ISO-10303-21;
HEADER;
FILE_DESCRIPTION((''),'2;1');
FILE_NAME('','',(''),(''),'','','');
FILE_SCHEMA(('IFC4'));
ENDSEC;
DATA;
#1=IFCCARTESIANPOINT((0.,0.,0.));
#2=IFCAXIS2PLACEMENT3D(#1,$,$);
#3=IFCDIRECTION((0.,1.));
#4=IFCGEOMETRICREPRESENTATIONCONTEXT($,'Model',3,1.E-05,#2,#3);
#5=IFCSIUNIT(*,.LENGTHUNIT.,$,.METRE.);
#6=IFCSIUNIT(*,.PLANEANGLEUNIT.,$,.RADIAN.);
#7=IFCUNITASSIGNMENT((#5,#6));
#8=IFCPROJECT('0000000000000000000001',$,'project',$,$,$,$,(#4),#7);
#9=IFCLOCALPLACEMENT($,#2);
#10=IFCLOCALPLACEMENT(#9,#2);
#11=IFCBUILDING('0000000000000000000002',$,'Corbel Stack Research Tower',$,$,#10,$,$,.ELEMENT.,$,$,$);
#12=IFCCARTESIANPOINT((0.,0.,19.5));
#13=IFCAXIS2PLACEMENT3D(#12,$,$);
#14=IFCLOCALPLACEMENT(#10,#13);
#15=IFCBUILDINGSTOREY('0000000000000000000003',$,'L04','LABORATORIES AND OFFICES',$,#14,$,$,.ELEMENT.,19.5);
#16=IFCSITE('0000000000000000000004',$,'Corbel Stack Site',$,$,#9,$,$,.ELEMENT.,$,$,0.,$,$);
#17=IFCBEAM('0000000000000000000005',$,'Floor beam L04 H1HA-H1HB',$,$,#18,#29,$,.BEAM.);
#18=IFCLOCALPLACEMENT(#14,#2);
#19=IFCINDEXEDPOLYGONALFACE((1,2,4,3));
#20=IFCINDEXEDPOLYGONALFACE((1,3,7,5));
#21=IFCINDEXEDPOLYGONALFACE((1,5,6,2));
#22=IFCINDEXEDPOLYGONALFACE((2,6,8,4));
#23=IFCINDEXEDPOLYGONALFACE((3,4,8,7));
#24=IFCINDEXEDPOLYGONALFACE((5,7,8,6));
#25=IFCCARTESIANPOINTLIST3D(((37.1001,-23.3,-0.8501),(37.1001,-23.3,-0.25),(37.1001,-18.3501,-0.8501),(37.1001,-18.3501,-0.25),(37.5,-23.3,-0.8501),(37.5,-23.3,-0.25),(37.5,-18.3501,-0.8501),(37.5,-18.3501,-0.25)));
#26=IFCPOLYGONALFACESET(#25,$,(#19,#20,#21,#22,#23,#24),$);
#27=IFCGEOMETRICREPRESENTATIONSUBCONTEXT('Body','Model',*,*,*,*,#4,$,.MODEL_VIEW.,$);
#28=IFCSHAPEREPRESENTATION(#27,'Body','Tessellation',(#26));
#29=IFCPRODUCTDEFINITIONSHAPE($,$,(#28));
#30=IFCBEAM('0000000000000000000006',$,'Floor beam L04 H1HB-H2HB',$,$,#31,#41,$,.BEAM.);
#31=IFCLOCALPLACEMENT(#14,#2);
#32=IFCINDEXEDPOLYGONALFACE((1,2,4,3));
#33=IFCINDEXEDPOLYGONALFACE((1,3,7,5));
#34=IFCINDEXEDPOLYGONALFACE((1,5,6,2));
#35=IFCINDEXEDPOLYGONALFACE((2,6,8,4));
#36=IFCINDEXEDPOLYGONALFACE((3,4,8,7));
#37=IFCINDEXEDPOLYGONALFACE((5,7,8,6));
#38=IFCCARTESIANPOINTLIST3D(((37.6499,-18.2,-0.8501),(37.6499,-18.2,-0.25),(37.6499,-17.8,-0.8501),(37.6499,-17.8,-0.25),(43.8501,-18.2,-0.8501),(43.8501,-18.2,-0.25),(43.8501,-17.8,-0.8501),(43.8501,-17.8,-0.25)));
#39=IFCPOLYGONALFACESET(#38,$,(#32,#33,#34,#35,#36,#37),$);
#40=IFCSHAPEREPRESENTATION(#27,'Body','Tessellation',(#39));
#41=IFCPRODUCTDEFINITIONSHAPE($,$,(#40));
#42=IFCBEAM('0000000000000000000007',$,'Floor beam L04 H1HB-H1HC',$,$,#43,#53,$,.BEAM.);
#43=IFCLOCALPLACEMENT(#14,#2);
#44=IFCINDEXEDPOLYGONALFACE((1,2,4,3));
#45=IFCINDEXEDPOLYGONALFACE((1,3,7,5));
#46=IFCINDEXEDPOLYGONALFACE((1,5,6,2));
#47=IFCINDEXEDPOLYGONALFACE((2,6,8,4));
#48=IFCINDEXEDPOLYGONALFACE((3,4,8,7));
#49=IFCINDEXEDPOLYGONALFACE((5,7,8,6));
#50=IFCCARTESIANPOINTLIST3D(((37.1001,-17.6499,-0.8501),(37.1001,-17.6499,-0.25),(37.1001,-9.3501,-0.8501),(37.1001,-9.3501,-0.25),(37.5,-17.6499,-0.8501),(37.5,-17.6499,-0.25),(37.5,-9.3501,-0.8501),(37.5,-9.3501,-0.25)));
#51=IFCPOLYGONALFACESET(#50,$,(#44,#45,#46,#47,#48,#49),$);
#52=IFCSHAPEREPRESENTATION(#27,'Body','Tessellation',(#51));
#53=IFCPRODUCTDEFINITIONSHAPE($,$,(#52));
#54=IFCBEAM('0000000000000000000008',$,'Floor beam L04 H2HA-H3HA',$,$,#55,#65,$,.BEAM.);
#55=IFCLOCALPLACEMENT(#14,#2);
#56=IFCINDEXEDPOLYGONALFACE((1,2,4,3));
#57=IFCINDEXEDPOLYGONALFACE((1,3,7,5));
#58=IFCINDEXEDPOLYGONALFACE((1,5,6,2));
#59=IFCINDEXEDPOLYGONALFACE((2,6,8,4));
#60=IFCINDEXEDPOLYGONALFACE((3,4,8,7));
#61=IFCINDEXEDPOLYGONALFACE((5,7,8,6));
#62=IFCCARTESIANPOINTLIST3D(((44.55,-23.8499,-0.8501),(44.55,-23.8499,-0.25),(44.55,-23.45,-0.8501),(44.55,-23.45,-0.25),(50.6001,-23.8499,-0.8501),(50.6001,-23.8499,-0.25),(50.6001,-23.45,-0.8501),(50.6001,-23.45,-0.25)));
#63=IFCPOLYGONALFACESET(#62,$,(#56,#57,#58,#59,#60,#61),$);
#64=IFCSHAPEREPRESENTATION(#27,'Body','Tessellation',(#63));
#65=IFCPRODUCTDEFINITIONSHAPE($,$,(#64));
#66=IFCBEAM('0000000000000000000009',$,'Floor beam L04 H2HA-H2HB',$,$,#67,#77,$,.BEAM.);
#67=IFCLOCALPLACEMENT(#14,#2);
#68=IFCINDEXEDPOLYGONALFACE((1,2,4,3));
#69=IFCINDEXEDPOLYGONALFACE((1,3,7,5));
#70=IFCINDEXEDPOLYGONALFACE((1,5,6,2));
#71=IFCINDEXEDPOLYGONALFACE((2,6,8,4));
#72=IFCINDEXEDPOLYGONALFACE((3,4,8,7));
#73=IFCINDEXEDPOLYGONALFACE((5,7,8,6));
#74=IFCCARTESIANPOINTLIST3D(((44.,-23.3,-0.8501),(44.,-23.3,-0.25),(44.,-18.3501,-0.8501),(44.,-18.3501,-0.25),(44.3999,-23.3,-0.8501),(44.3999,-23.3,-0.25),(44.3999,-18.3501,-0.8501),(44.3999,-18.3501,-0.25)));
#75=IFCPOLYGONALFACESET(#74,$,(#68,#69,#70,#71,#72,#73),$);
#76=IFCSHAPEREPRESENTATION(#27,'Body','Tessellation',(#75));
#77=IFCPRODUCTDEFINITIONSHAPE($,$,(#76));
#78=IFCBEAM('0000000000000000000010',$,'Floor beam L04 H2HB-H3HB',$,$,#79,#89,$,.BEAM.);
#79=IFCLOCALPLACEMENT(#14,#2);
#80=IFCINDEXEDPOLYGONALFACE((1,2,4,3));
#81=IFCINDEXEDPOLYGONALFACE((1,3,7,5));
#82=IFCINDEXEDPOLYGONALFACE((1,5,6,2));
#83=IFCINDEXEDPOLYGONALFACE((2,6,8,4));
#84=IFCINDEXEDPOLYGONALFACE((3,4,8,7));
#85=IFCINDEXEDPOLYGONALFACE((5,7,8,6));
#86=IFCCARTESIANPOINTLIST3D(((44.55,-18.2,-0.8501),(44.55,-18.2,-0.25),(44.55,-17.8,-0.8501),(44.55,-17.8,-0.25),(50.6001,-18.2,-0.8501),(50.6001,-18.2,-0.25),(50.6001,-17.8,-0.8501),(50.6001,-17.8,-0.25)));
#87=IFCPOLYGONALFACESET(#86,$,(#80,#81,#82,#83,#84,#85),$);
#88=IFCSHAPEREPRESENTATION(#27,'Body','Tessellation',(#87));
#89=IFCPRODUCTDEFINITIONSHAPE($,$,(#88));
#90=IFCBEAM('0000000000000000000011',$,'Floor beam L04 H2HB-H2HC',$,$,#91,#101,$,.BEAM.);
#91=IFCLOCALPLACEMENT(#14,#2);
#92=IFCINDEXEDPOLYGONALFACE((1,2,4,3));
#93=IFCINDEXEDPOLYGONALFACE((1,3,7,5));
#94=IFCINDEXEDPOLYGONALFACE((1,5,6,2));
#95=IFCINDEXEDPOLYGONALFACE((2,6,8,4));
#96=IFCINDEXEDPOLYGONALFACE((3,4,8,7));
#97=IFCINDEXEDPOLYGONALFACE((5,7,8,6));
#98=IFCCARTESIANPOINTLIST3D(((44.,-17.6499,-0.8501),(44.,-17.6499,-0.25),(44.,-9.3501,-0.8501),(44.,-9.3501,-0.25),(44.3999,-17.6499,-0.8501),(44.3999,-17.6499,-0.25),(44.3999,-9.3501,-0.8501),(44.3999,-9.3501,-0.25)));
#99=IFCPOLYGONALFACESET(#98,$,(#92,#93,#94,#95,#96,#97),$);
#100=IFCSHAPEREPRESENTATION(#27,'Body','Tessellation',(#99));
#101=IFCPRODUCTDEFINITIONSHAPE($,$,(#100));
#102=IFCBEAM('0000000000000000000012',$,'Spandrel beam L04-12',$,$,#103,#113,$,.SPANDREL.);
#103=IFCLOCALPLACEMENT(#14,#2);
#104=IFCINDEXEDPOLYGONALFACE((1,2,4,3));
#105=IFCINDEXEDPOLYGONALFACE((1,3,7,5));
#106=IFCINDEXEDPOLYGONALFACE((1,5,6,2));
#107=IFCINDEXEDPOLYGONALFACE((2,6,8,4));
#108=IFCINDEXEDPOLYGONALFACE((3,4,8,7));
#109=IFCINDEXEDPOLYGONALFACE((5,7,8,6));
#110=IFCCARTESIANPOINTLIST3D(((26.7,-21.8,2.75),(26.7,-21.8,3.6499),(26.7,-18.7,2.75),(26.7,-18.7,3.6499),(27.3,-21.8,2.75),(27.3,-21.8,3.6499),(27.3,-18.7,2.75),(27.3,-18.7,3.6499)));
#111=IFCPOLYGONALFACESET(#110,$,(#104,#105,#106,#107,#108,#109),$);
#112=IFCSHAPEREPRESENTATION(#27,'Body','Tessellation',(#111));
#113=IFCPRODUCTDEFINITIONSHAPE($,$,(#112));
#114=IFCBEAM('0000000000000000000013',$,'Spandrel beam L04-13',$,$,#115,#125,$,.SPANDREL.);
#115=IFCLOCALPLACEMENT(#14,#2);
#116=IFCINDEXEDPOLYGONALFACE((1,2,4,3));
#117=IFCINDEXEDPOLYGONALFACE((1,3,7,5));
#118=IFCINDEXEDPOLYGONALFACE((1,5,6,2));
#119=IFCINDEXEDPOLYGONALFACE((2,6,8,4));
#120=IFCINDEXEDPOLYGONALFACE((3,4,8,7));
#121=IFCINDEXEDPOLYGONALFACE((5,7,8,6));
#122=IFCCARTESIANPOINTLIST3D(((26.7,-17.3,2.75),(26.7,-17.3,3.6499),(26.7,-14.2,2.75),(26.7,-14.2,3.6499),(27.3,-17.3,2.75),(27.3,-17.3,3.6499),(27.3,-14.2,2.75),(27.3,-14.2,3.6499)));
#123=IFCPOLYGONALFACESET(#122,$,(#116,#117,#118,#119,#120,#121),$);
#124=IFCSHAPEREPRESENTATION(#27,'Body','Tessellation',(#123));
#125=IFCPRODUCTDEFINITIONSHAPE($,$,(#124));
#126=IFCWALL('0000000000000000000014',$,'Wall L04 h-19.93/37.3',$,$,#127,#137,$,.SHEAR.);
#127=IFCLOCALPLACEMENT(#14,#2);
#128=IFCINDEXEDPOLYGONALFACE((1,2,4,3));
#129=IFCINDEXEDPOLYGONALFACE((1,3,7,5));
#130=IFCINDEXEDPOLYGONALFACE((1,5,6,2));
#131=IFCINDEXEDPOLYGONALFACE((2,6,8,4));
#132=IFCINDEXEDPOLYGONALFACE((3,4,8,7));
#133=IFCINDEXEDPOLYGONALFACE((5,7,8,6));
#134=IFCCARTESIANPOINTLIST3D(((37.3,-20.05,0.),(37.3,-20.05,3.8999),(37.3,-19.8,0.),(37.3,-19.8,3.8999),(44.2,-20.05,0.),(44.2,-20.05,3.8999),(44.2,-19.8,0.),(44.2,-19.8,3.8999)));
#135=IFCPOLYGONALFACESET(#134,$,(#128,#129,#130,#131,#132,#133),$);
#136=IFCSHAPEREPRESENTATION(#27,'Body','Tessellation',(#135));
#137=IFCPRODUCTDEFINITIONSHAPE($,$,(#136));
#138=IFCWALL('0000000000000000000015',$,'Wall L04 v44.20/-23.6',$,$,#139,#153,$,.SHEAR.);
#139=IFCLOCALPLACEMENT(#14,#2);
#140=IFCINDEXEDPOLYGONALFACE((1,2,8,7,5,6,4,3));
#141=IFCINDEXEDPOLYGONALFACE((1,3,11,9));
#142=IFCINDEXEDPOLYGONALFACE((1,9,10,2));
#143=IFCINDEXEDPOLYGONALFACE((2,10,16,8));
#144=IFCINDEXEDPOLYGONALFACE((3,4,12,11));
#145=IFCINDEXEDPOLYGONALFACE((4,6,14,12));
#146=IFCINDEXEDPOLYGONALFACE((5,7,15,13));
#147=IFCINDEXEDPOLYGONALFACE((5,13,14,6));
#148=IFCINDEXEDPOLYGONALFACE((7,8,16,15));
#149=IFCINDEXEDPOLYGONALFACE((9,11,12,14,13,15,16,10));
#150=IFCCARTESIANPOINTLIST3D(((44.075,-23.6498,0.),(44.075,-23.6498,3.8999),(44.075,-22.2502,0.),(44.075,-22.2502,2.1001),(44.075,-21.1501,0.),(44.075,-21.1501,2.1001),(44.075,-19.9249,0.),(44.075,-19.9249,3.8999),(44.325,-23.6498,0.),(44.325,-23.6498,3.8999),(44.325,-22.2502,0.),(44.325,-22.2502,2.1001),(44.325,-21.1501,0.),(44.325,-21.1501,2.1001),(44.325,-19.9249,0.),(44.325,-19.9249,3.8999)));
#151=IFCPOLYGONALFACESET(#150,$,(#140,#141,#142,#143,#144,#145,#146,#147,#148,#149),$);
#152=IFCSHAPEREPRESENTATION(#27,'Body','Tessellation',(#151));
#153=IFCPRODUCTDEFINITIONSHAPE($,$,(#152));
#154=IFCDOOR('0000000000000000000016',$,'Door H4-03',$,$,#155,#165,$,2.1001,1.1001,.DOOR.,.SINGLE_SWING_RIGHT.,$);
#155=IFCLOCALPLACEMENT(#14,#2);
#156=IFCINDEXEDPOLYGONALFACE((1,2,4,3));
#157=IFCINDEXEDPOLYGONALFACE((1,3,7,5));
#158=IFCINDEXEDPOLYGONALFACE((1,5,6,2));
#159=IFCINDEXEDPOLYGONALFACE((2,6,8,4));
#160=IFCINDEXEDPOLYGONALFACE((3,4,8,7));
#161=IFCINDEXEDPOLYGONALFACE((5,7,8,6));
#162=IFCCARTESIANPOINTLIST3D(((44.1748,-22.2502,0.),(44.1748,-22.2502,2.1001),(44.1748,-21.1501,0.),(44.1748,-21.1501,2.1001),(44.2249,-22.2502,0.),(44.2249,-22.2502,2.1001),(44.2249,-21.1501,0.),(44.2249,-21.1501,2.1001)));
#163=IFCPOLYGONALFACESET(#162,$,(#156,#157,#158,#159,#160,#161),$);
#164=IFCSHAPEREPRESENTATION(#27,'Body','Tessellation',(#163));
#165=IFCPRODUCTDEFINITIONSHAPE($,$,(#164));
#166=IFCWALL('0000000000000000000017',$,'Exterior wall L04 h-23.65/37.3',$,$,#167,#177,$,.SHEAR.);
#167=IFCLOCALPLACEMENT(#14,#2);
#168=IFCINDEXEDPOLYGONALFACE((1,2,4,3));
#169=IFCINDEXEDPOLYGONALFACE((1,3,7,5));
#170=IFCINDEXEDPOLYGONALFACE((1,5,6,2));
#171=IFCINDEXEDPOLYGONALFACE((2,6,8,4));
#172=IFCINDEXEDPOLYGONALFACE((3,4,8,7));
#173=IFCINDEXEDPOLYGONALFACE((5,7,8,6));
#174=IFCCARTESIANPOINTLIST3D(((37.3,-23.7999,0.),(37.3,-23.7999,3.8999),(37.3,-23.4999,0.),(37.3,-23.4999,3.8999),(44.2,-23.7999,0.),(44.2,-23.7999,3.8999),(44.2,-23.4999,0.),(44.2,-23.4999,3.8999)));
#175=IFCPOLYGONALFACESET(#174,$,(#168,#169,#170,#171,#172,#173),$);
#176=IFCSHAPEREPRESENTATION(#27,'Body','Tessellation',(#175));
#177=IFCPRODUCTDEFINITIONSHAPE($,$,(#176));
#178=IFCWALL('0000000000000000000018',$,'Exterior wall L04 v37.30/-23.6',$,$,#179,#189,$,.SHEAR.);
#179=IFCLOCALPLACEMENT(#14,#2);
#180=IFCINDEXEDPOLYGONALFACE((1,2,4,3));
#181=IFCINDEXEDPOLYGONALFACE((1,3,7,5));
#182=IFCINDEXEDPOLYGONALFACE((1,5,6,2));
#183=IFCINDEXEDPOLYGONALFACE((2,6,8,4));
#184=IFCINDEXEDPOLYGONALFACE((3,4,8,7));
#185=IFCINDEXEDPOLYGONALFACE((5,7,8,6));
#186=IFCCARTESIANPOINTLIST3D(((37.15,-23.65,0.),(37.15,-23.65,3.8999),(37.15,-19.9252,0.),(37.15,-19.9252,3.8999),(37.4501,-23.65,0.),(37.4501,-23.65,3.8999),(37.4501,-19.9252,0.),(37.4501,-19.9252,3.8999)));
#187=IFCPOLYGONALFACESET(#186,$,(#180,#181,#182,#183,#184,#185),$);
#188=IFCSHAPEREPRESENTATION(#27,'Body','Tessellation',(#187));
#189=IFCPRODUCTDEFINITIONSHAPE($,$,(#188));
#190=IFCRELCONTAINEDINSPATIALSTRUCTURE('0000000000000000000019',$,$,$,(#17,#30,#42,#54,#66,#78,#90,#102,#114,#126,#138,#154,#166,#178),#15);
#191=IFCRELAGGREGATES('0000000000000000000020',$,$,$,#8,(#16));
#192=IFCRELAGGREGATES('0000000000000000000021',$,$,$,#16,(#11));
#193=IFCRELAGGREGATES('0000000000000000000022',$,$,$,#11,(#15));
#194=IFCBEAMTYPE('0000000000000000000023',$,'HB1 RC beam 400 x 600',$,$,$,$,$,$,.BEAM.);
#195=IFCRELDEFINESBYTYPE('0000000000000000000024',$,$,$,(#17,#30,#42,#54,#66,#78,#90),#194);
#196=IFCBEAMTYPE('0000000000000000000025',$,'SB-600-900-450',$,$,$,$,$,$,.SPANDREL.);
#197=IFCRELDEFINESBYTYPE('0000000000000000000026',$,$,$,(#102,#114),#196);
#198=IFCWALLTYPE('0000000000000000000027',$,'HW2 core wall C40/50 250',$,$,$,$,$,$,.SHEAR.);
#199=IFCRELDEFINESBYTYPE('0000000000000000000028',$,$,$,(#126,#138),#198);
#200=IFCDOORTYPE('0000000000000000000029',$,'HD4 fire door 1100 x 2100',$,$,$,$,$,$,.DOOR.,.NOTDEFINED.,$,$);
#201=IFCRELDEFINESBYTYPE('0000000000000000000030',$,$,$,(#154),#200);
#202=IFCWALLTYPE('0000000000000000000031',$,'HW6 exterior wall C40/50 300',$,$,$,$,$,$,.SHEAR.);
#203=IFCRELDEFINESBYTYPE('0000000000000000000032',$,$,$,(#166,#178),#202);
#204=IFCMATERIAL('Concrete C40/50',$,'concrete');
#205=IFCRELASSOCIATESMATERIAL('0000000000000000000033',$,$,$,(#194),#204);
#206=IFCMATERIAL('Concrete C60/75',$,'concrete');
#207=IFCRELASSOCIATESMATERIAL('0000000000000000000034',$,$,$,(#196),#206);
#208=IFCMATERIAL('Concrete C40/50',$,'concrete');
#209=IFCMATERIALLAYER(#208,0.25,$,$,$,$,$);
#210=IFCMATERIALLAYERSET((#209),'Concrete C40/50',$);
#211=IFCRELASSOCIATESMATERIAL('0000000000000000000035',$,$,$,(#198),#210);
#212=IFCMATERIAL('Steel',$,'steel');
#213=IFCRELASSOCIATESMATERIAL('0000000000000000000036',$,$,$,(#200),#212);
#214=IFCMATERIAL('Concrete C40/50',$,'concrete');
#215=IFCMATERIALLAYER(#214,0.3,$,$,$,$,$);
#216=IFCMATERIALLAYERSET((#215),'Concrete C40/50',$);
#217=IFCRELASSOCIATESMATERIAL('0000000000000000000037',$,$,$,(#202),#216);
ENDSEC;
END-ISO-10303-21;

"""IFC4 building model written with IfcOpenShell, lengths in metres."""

from ifc_helpers import new_model, si_unit, direction, frame, frame_2d, origin, origin_2d, place, context, subcontext, project, spatial, rectangle, extrude, material, layer, layer_set, material_profile, profile_set, type_object, element, fill, save


model = new_model("IFC4")

# Units and contexts
model_context = context("Model", 3, precision=1e-05, world=origin(), true_north=direction((0.0, 1.0)))
body_context = subcontext(model_context, "Body", "Model", "MODEL_VIEW")
ifc_project = project(units=[si_unit("LENGTHUNIT", "METRE"), si_unit("PLANEANGLEUNIT", "RADIAN")], contexts=[model_context])

# Site, building, storey
site_placement = place(None, origin())
site = spatial("IfcSite", under=ifc_project, at=site_placement, Name="Corbel Stack Site", CompositionType="ELEMENT", RefElevation=0.0)
building_placement = place(site_placement, origin())
building = spatial("IfcBuilding", under=site, at=building_placement, Name="Corbel Stack Research Tower", CompositionType="ELEMENT")
storey_placement = place(building_placement, frame((0.0, 0.0, 19.5)))
storey = spatial("IfcBuildingStorey", under=building, at=storey_placement, Name="L04", Description="LABORATORIES AND OFFICES", CompositionType="ELEMENT", Elevation=19.5)

# Beams
ifc_material_1 = material(Name="Concrete C40/50", Category="concrete")
ifc_material_profile_1 = material_profile(ifc_material_1, rectangle(XDim=0.3999, YDim=0.6001, at=origin_2d()), Name="RC 400 x 600")
ifc_profile_set_1 = profile_set([ifc_material_profile_1], Name="Concrete C40/50")
beam_type_1 = type_object("IfcBeamType", Name="HB1 RC beam 400 x 600", PredefinedType="BEAM", material=ifc_profile_set_1)
beam_1_placement = place(storey_placement, frame((37.3, -23.3, -0.55), z_axis=(0.0, 1.0, 0.0), x_axis=(-1.0, 0.0, 0.0)))
element("IfcBeam", 1, at=beam_1_placement, inside=storey, type_object=beam_type_1, Name="Floor beam L04 H1HA-H1HB", PredefinedType="BEAM", context=body_context, shape_type="SweptSolid", body=[
    extrude(rectangle(XDim=0.3999, YDim=0.6001, at=origin_2d()), origin(), (0.0, 0.0, 1.0), 4.95),
])
beam_2_placement = place(storey_placement, frame((37.6499, -18.0, -0.55), z_axis=(1.0, 0.0, 0.0), x_axis=(0.0, 1.0, 0.0)))
element("IfcBeam", 2, at=beam_2_placement, inside=storey, type_object=beam_type_1, Name="Floor beam L04 H1HB-H2HB", PredefinedType="BEAM", context=body_context, shape_type="SweptSolid", body=[
    extrude(rectangle(XDim=0.3999, YDim=0.6001, at=origin_2d()), origin(), (0.0, 0.0, 1.0), 6.2002),
])
beam_3_placement = place(storey_placement, frame((37.3, -17.6499, -0.55), z_axis=(0.0, 1.0, 0.0), x_axis=(-1.0, 0.0, 0.0)))
element("IfcBeam", 3, at=beam_3_placement, inside=storey, type_object=beam_type_1, Name="Floor beam L04 H1HB-H1HC", PredefinedType="BEAM", context=body_context, shape_type="SweptSolid", body=[
    extrude(rectangle(XDim=0.3999, YDim=0.6001, at=origin_2d()), origin(), (0.0, 0.0, 1.0), 8.2998),
])
beam_4_placement = place(storey_placement, frame((44.55, -23.6499, -0.55), z_axis=(1.0, 0.0, 0.0), x_axis=(0.0, 1.0, 0.0)))
element("IfcBeam", 4, at=beam_4_placement, inside=storey, type_object=beam_type_1, Name="Floor beam L04 H2HA-H3HA", PredefinedType="BEAM", context=body_context, shape_type="SweptSolid", body=[
    extrude(rectangle(XDim=0.3999, YDim=0.6001, at=origin_2d()), origin(), (0.0, 0.0, 1.0), 6.05),
])
beam_5_placement = place(storey_placement, frame((44.2, -23.3, -0.55), z_axis=(0.0, 1.0, 0.0), x_axis=(-1.0, 0.0, 0.0)))
element("IfcBeam", 5, at=beam_5_placement, inside=storey, type_object=beam_type_1, Name="Floor beam L04 H2HA-H2HB", PredefinedType="BEAM", context=body_context, shape_type="SweptSolid", body=[
    extrude(rectangle(XDim=0.3999, YDim=0.6001, at=origin_2d()), origin(), (0.0, 0.0, 1.0), 4.95),
])
beam_6_placement = place(storey_placement, frame((44.55, -18.0, -0.55), z_axis=(1.0, 0.0, 0.0), x_axis=(0.0, 1.0, 0.0)))
element("IfcBeam", 6, at=beam_6_placement, inside=storey, type_object=beam_type_1, Name="Floor beam L04 H2HB-H3HB", PredefinedType="BEAM", context=body_context, shape_type="SweptSolid", body=[
    extrude(rectangle(XDim=0.3999, YDim=0.6001, at=origin_2d()), origin(), (0.0, 0.0, 1.0), 6.05),
])
beam_7_placement = place(storey_placement, frame((44.2, -17.6499, -0.55), z_axis=(0.0, 1.0, 0.0), x_axis=(-1.0, 0.0, 0.0)))
element("IfcBeam", 7, at=beam_7_placement, inside=storey, type_object=beam_type_1, Name="Floor beam L04 H2HB-H2HC", PredefinedType="BEAM", context=body_context, shape_type="SweptSolid", body=[
    extrude(rectangle(XDim=0.3999, YDim=0.6001, at=origin_2d()), origin(), (0.0, 0.0, 1.0), 8.2998),
])
ifc_material_2 = material(Name="Concrete C60/75", Category="concrete")
ifc_material_profile_2 = material_profile(ifc_material_2, rectangle(XDim=0.6001, YDim=0.8999, at=origin_2d()), Name="RC 600 x 900")
ifc_profile_set_2 = profile_set([ifc_material_profile_2], Name="Concrete C60/75")
beam_type_2 = type_object("IfcBeamType", Name="SB-600-900-450", PredefinedType="SPANDREL", material=ifc_profile_set_2)
for number, where, z_axis, x_axis, name in (
    (8, (27.0, -21.8, 3.2), (0.0, 1.0, 0.0), (-1.0, 0.0, 0.0), "Spandrel beam L04-12"),
    (9, (27.0, -17.3, 3.2), (0.0, 1.0, 0.0), (-1.0, 0.0, 0.0), "Spandrel beam L04-13"),
):
    element("IfcBeam", number, at=place(storey_placement, frame(where, z_axis=z_axis, x_axis=x_axis)), inside=storey, type_object=beam_type_2, Name=name, PredefinedType="SPANDREL", context=body_context, shape_type="SweptSolid", body=[
        extrude(rectangle(XDim=0.6001, YDim=0.8999, at=origin_2d()), origin(), (0.0, 0.0, 1.0), 3.1001),
    ])

# Wall
ifc_material_3 = material(Name="Concrete C40/50", Category="concrete")
ifc_layer_1 = layer(ifc_material_3, 0.25)
ifc_layer_set_1 = layer_set([ifc_layer_1], Name="Concrete C40/50")
wall_type_1 = type_object("IfcWallType", Name="HW2 core wall C40/50 250", PredefinedType="SHEAR", material=ifc_layer_set_1)
wall_1_placement = place(storey_placement, frame((37.3, -19.925, 0.0), z_axis=(0.0, 0.0, 1.0), x_axis=(1.0, 0.0, 0.0)))
element("IfcWall", 10, at=wall_1_placement, inside=storey, type_object=wall_type_1, Name="Wall L04 h-19.93/37.3", PredefinedType="SHEAR", context=body_context, shape_type="SweptSolid", body=[
    extrude(rectangle(XDim=6.8999, YDim=0.25, at=frame_2d((3.45, 0.0))), origin(), (0.0, 0.0, 1.0), 3.8999),
])

# Wall, opening, door
wall_2_placement = place(storey_placement, frame((44.2, -19.925, 0.0), z_axis=(0.0, 0.0, 1.0), x_axis=(0.0, -1.0, 0.0)))
wall_2 = element("IfcWall", 11, at=wall_2_placement, inside=storey, type_object=wall_type_1, Name="Wall L04 v44.20/-23.6", PredefinedType="SHEAR", context=body_context, shape_type="SweptSolid", body=[
    extrude(rectangle(XDim=3.7249, YDim=0.25, at=frame_2d((1.8623, 0.0))), origin(), (0.0, 0.0, 1.0), 3.8999),
])
opening_1_placement = place(wall_2_placement, frame((1.2251, 0.0, 0.0)))
opening_1 = element("IfcOpeningElement", 12, at=opening_1_placement, cuts=wall_2, PredefinedType="OPENING", context=body_context, shape_type="SweptSolid", body=[
    extrude(rectangle(XDim=1.1001, YDim=2.1001, at=frame_2d((0.55, 1.05))), frame((0.0, 0.135, 0.0), z_axis=(0.0, -1.0, 0.0), x_axis=(1.0, 0.0, 0.0)), (0.0, 0.0, 1.0), 0.27),
])
ifc_material_4 = material(Name="Steel", Category="steel")
door_type_1 = type_object("IfcDoorType", Name="HD4 fire door 1100 x 2100", OperationType="NOTDEFINED", PredefinedType="DOOR", material=ifc_material_4)
door_1_placement = place(opening_1_placement, origin())
door_1 = element("IfcDoor", 13, at=door_1_placement, inside=storey, type_object=door_type_1, Name="Door H4-03", OperationType="SINGLE_SWING_RIGHT", OverallHeight=2.1001, OverallWidth=1.1001, PredefinedType="DOOR", context=body_context, shape_type="SweptSolid", body=[
    extrude(rectangle(XDim=1.1001, YDim=2.1001, at=frame_2d((0.55, 1.05))), frame((0.0, 0.0249, 0.0), z_axis=(0.0, -1.0, 0.0), x_axis=(1.0, 0.0, 0.0)), (0.0, 0.0, 1.0), 0.05),
])
fill(opening_1, door_1)

# Walls
ifc_material_5 = material(Name="Concrete C40/50", Category="concrete")
ifc_layer_2 = layer(ifc_material_5, 0.3)
ifc_layer_set_2 = layer_set([ifc_layer_2], Name="Concrete C40/50")
wall_type_2 = type_object("IfcWallType", Name="HW6 exterior wall C40/50 300", PredefinedType="SHEAR", material=ifc_layer_set_2)
wall_3_placement = place(storey_placement, frame((37.3, -23.6499, 0.0), z_axis=(0.0, 0.0, 1.0), x_axis=(1.0, 0.0, 0.0)))
element("IfcWall", 14, at=wall_3_placement, inside=storey, type_object=wall_type_2, Name="Exterior wall L04 h-23.65/37.3", PredefinedType="SHEAR", context=body_context, shape_type="SweptSolid", body=[
    extrude(rectangle(XDim=6.8999, YDim=0.3, at=frame_2d((3.45, 0.0))), origin(), (0.0, 0.0, 1.0), 3.8999),
])
wall_4_placement = place(storey_placement, frame((37.3, -23.6499, 0.0), z_axis=(0.0, 0.0, 1.0), x_axis=(0.0, 1.0, 0.0)))
element("IfcWall", 15, at=wall_4_placement, inside=storey, type_object=wall_type_2, Name="Exterior wall L04 v37.30/-23.6", PredefinedType="SHEAR", context=body_context, shape_type="SweptSolid", body=[
    extrude(rectangle(XDim=3.7249, YDim=0.3, at=frame_2d((1.8623, 0.0))), origin(), (0.0, 0.0, 1.0), 3.8999),
])

save(model, "model.ifc")
